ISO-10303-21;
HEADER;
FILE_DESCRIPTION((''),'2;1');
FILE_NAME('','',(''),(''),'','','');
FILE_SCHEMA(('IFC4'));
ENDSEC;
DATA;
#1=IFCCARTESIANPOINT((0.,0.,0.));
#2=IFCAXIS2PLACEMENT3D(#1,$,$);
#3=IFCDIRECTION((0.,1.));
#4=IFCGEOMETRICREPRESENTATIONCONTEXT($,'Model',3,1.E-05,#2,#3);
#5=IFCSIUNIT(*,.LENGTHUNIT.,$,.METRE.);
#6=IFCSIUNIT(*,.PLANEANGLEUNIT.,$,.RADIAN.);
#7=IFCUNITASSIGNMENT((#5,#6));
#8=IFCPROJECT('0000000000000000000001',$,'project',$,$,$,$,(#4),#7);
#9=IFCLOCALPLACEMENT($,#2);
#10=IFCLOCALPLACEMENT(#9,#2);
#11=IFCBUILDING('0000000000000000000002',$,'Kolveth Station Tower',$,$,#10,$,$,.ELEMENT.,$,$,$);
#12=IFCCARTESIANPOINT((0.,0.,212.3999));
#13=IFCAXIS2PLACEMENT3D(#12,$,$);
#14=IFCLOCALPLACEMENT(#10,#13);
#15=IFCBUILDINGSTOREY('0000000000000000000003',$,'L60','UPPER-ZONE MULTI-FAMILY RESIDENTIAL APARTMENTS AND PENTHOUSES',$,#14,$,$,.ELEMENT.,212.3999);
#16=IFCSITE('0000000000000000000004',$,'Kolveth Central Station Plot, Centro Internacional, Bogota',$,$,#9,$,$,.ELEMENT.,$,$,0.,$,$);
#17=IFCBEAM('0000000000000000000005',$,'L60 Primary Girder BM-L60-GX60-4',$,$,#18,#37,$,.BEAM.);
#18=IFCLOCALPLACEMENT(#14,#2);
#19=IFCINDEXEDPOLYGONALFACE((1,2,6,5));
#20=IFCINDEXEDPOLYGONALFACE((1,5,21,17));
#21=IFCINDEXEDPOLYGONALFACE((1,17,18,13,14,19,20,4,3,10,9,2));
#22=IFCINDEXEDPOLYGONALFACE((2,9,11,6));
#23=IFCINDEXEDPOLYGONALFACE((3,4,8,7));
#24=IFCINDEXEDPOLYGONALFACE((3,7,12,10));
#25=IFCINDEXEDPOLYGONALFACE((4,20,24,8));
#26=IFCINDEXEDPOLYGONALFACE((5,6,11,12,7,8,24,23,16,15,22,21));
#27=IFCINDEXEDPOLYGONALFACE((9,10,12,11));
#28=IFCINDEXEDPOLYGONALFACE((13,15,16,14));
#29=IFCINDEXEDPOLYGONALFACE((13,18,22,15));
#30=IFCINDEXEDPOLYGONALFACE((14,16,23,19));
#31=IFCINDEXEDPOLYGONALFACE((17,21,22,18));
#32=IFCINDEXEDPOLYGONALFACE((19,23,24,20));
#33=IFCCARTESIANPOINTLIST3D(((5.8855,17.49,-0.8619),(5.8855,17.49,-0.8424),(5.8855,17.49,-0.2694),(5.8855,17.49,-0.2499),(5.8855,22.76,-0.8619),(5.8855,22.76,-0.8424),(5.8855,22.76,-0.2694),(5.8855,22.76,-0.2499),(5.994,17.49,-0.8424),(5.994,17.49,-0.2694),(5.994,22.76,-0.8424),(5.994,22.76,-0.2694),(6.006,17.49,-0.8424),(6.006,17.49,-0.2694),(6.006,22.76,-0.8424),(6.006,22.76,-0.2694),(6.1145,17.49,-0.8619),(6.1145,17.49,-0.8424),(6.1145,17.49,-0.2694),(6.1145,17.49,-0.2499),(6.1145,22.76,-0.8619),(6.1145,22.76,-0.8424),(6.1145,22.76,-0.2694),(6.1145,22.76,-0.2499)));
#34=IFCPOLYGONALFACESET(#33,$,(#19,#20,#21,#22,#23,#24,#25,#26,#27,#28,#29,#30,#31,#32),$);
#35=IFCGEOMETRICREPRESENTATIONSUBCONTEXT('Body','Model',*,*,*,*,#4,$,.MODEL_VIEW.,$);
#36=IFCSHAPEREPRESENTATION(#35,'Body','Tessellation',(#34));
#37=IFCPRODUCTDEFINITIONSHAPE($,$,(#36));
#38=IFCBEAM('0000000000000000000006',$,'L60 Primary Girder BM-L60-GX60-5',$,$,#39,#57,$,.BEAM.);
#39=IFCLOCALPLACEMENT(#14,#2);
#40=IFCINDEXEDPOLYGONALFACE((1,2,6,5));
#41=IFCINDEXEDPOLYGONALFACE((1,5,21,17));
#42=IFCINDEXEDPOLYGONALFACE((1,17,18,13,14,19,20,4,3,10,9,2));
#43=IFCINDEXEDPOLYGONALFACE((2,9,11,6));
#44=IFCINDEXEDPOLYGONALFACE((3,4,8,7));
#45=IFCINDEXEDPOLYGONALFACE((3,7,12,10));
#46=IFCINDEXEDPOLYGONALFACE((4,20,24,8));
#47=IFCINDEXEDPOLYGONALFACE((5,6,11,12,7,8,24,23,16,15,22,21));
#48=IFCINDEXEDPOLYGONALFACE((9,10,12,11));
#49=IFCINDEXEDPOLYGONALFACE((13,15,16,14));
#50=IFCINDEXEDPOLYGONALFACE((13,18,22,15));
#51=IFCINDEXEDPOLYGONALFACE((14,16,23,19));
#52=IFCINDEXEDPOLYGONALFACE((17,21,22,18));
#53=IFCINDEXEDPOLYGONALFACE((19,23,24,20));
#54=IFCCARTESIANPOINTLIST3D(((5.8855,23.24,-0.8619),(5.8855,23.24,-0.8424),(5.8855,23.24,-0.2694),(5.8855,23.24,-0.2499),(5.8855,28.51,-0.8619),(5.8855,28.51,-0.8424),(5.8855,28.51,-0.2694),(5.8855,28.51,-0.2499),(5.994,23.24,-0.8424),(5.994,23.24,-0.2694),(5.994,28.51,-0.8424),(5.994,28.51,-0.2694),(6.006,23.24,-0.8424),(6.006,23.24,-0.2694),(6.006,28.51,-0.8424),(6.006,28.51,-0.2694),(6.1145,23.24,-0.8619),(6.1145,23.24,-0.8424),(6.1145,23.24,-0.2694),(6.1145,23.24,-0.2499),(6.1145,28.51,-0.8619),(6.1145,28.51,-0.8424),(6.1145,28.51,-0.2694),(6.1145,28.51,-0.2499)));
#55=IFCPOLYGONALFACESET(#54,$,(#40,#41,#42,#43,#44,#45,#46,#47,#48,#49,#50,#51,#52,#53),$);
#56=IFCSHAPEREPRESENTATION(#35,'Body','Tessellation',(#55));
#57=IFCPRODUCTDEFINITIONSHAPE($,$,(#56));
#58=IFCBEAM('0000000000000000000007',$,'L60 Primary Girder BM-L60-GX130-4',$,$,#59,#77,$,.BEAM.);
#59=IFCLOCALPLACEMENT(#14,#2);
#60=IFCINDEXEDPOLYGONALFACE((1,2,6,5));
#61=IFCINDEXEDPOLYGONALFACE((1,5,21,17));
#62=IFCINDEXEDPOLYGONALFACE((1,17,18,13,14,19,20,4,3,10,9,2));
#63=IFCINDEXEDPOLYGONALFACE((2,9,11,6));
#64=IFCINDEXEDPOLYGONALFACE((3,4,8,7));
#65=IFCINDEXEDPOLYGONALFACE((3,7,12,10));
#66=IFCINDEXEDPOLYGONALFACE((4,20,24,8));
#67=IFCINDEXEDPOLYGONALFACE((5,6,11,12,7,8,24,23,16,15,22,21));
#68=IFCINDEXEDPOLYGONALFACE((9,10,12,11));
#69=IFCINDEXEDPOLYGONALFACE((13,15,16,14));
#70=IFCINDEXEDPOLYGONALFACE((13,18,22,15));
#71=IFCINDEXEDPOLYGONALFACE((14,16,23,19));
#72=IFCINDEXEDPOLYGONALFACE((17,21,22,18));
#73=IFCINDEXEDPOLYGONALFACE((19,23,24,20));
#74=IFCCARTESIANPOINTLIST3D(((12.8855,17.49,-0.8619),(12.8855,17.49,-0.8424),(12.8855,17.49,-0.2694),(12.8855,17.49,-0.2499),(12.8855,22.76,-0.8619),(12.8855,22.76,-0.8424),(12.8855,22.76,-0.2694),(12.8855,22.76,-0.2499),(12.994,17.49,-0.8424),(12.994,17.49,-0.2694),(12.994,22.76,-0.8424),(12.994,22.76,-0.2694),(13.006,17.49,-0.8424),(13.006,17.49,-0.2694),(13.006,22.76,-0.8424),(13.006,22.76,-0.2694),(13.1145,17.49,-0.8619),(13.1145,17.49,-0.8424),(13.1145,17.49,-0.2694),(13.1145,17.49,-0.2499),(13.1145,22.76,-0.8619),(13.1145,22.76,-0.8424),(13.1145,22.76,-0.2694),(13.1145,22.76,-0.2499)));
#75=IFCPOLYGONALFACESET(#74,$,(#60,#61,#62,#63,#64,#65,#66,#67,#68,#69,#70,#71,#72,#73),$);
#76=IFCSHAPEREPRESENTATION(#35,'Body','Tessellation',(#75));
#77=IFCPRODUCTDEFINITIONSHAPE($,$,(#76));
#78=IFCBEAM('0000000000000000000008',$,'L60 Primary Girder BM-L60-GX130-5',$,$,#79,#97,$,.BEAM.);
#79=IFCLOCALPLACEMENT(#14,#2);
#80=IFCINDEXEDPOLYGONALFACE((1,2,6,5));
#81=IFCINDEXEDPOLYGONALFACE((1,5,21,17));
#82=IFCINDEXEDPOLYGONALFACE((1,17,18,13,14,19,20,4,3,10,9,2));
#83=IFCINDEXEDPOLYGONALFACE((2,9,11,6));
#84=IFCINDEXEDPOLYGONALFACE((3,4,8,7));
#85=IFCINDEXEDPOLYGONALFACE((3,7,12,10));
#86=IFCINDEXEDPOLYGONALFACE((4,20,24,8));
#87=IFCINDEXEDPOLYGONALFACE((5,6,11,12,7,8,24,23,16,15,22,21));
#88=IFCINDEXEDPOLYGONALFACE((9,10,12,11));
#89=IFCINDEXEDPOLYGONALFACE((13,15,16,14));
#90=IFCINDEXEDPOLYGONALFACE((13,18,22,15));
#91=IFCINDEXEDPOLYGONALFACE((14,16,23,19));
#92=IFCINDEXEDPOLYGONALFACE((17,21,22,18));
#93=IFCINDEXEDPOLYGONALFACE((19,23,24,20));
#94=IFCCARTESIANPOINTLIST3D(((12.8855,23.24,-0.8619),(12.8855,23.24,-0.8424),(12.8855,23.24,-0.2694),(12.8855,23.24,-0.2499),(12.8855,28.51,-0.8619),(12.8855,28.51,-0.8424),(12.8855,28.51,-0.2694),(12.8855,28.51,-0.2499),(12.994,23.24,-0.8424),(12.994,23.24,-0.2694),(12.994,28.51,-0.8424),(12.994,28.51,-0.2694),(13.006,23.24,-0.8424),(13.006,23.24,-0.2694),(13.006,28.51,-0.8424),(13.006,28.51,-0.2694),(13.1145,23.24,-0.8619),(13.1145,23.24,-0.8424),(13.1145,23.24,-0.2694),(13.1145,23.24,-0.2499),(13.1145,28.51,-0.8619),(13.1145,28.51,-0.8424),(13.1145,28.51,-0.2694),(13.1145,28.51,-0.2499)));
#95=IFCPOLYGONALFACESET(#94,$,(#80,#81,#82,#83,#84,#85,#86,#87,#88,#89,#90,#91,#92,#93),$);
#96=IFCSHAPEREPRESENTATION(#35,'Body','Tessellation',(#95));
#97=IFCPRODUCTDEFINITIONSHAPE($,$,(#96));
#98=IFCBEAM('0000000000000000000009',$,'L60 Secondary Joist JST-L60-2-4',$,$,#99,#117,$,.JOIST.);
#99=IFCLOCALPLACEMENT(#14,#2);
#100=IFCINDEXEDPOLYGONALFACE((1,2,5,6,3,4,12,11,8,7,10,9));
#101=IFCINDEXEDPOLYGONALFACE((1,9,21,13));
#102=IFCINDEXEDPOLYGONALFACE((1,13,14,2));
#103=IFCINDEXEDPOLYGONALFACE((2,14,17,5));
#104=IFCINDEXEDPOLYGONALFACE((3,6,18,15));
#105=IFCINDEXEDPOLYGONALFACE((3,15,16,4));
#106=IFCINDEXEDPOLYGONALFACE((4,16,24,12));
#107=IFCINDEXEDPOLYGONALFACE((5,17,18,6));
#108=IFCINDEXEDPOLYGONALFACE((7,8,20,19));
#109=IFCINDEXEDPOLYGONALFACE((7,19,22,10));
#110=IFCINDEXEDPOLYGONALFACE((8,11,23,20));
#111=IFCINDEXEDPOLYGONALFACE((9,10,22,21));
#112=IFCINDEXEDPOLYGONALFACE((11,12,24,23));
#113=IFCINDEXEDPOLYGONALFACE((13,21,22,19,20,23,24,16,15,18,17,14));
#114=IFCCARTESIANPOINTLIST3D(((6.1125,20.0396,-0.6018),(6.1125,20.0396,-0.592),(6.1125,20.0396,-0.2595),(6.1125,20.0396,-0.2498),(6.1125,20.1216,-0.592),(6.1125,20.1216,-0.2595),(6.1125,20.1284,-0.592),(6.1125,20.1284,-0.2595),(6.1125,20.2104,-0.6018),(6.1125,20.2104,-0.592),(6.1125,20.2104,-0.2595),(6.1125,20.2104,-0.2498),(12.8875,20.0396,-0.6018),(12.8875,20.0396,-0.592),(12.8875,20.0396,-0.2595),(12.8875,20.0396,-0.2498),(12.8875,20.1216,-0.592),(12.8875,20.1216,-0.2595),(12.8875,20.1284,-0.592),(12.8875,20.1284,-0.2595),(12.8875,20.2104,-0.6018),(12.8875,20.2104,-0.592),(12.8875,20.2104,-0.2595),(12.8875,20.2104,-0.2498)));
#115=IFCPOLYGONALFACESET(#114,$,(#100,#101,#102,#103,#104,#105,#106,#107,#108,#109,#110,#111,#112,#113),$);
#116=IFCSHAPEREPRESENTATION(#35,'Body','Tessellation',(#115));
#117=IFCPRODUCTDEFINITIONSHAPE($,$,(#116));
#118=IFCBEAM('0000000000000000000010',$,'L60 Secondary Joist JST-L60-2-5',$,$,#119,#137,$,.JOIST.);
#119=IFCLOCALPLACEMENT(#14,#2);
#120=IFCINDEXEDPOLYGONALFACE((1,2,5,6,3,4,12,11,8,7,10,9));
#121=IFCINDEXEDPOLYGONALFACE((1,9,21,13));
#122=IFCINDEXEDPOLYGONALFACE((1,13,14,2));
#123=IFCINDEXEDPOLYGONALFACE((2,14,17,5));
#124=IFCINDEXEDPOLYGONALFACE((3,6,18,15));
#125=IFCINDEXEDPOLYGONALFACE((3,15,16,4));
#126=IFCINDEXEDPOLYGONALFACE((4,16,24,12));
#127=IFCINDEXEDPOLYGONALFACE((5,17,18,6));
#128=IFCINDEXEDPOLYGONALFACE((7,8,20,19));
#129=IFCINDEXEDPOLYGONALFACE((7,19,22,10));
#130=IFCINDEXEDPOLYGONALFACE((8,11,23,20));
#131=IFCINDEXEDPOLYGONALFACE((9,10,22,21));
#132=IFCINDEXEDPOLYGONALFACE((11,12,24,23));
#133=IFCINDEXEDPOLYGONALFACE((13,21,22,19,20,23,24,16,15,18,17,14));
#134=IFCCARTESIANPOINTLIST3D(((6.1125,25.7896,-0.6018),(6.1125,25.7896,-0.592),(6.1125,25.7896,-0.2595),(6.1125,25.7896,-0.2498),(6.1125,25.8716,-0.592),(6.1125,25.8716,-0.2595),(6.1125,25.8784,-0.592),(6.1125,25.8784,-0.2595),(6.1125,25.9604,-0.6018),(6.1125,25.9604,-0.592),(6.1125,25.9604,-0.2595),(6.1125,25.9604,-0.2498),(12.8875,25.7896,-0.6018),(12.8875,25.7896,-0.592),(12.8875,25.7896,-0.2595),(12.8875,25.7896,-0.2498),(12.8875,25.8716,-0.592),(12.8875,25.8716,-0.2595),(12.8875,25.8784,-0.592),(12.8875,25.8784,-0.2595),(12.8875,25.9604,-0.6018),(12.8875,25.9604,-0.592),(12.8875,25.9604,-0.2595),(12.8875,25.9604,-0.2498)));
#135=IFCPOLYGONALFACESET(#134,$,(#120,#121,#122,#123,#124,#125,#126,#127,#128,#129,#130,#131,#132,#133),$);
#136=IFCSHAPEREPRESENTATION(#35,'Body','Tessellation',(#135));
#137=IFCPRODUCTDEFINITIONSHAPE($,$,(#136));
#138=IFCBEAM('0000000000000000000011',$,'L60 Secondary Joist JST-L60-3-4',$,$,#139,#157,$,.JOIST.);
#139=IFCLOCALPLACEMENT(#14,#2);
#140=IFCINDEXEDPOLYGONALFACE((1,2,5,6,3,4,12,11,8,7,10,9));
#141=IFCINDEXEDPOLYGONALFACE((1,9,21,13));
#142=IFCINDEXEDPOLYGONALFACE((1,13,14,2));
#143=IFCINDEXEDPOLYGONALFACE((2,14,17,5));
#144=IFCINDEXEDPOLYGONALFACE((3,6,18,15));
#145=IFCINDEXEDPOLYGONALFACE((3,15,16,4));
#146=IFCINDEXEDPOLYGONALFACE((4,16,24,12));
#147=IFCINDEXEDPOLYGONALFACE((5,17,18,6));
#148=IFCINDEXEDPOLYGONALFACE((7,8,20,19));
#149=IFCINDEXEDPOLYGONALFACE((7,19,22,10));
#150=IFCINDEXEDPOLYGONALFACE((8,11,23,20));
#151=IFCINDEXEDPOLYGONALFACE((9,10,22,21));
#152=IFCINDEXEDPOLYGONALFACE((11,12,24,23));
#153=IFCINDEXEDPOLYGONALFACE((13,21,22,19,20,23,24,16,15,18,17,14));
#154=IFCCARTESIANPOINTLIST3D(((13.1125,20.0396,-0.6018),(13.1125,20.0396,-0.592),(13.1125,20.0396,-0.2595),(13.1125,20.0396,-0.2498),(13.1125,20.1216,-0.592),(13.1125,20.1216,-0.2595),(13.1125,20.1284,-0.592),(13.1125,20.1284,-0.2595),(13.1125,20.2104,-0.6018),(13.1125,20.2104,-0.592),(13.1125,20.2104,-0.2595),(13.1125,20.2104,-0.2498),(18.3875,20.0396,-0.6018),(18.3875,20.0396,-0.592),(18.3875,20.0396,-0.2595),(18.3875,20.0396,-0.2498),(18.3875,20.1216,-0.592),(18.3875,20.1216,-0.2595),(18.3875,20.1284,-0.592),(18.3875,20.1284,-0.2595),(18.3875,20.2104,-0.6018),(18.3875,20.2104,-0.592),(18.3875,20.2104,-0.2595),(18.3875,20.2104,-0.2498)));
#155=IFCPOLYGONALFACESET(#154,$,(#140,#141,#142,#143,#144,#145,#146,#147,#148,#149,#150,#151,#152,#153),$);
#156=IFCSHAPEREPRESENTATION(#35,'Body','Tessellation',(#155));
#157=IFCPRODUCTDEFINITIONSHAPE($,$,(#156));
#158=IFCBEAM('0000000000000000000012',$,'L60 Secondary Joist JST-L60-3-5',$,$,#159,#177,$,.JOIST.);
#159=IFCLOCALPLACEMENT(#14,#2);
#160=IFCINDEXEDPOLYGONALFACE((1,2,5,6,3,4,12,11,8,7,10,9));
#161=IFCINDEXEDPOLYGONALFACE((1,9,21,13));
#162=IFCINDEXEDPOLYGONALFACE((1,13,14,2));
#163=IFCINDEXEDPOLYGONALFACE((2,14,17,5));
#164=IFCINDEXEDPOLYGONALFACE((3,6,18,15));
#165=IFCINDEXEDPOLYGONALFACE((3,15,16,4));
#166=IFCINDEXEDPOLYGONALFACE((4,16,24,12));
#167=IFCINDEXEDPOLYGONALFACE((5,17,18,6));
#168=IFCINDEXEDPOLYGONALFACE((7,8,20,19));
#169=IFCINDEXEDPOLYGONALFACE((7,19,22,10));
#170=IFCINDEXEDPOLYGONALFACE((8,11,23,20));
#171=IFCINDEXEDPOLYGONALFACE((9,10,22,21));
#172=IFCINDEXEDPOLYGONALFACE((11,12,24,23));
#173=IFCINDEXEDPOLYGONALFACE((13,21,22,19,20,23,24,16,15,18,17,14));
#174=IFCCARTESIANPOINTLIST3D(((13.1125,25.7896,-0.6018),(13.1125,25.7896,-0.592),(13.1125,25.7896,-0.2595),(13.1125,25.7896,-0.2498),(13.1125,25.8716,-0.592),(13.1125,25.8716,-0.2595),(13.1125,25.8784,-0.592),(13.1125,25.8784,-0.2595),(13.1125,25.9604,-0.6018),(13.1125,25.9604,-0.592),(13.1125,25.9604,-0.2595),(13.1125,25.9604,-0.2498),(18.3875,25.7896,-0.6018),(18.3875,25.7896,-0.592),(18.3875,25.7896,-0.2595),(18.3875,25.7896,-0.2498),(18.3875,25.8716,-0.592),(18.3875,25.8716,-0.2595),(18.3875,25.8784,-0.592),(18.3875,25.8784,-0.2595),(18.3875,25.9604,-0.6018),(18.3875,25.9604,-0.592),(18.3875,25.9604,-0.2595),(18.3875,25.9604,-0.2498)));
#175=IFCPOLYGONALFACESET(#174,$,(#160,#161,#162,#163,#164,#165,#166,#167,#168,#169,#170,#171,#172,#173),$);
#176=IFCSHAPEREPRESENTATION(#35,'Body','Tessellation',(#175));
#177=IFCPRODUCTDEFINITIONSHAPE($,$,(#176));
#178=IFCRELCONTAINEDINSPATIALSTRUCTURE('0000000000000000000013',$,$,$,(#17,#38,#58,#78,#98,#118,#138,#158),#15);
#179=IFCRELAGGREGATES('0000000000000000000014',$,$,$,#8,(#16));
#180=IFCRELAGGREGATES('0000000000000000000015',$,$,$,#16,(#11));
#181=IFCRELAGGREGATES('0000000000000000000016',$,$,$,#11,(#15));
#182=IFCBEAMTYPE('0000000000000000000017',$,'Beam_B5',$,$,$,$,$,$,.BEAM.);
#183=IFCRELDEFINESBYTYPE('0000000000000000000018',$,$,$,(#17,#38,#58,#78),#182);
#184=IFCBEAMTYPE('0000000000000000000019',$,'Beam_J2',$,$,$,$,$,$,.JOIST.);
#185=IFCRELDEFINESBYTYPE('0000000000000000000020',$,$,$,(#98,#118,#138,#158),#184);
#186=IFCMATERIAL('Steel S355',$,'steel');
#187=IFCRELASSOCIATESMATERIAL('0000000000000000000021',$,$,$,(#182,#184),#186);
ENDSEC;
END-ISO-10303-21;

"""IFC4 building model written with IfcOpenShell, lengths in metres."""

from ifc_helpers import new_model, si_unit, direction, frame, origin, origin_2d, place, context, subcontext, project, spatial, i_section, extrude, source, transform, mapped, material, material_profile, profile_set, type_object, element, save


model = new_model("IFC4")

# Units and contexts
model_context = context("Model", 3, precision=1e-05, world=origin(), true_north=direction((0.0, 1.0)))
body_context = subcontext(model_context, "Body", "Model", "MODEL_VIEW")
ifc_project = project(units=[si_unit("LENGTHUNIT", "METRE"), si_unit("PLANEANGLEUNIT", "RADIAN")], contexts=[model_context])

# Site, building, storey
site_placement = place(None, origin())
site = spatial("IfcSite", under=ifc_project, at=site_placement, Name="Kolveth Central Station Plot, Centro Internacional, Bogota", CompositionType="ELEMENT", RefElevation=0.0)
building_placement = place(site_placement, origin())
building = spatial("IfcBuilding", under=site, at=building_placement, Name="Kolveth Station Tower", CompositionType="ELEMENT")
storey_placement = place(building_placement, frame((0.0, 0.0, 212.3999)))
storey = spatial("IfcBuildingStorey", under=building, at=storey_placement, Name="L60", Description="UPPER-ZONE MULTI-FAMILY RESIDENTIAL APARTMENTS AND PENTHOUSES", CompositionType="ELEMENT", Elevation=212.3999)

# Shared definitions
ifc_material_1 = material(Name="Steel S355", Category="steel")

# Beams
ifc_material_profile_1 = material_profile(ifc_material_1, i_section(OverallWidth=0.229, OverallDepth=0.6121, WebThickness=0.012, FlangeThickness=0.0195, at=origin_2d()), Name="W610x125")
ifc_profile_set_1 = profile_set([ifc_material_profile_1], Name="Steel S355")
beam_type_1 = type_object("IfcBeamType", Name="Beam_B5", PredefinedType="BEAM", material=ifc_profile_set_1)
shared_shape_1 = source(origin(), body_context, "Body", "SweptSolid", [
    extrude(i_section(OverallWidth=0.229, OverallDepth=0.6121, WebThickness=0.012, FlangeThickness=0.0195, at=origin_2d()), origin(), (0.0, 0.0, 1.0), 5.27),
])
for number, where, z_axis, x_axis, name in (
    (1, (6.0, 17.49, -0.5559), (0.0, 1.0, 0.0), (-1.0, 0.0, 0.0), "L60 Primary Girder BM-L60-GX60-4"),
    (2, (6.0, 23.24, -0.5559), (0.0, 1.0, 0.0), (-1.0, 0.0, 0.0), "L60 Primary Girder BM-L60-GX60-5"),
    (3, (13.0, 17.49, -0.5559), (0.0, 1.0, 0.0), (-1.0, 0.0, 0.0), "L60 Primary Girder BM-L60-GX130-4"),
    (4, (13.0, 23.24, -0.5559), (0.0, 1.0, 0.0), (-1.0, 0.0, 0.0), "L60 Primary Girder BM-L60-GX130-5"),
):
    element("IfcBeam", number, at=place(storey_placement, frame(where, z_axis=z_axis, x_axis=x_axis)), inside=storey, type_object=beam_type_1, Name=name, PredefinedType="BEAM", context=body_context, shape_type="MappedRepresentation", body=[
        mapped(shared_shape_1, transform((0.0, 0.0, 0.0), x_axis=(1.0, 0.0, 0.0), y_axis=(0.0, 1.0, 0.0), z_axis=(0.0, 0.0, 1.0), scale=1.0)),
    ])
ifc_material_profile_2 = material_profile(ifc_material_1, i_section(OverallWidth=0.1709, OverallDepth=0.3521, WebThickness=0.0068, FlangeThickness=0.0098, at=origin_2d()), Name="W360x44")
ifc_profile_set_2 = profile_set([ifc_material_profile_2], Name="Steel S355")
beam_type_2 = type_object("IfcBeamType", Name="Beam_J2", PredefinedType="JOIST", material=ifc_profile_set_2)
shared_shape_2 = source(origin(), body_context, "Body", "SweptSolid", [
    extrude(i_section(OverallWidth=0.1709, OverallDepth=0.3521, WebThickness=0.0068, FlangeThickness=0.0098, at=origin_2d()), origin(), (0.0, 0.0, 1.0), 6.7749),
])
for number, where, z_axis, x_axis, name in (
    (5, (6.1125, 20.125, -0.4258), (1.0, 0.0, 0.0), (0.0, 1.0, 0.0), "L60 Secondary Joist JST-L60-2-4"),
    (6, (6.1125, 25.875, -0.4258), (1.0, 0.0, 0.0), (0.0, 1.0, 0.0), "L60 Secondary Joist JST-L60-2-5"),
):
    element("IfcBeam", number, at=place(storey_placement, frame(where, z_axis=z_axis, x_axis=x_axis)), inside=storey, type_object=beam_type_2, Name=name, PredefinedType="JOIST", context=body_context, shape_type="MappedRepresentation", body=[
        mapped(shared_shape_2, transform((0.0, 0.0, 0.0), x_axis=(1.0, 0.0, 0.0), y_axis=(0.0, 1.0, 0.0), z_axis=(0.0, 0.0, 1.0), scale=1.0)),
    ])
shared_shape_3 = source(origin(), body_context, "Body", "SweptSolid", [
    extrude(i_section(OverallWidth=0.1709, OverallDepth=0.3521, WebThickness=0.0068, FlangeThickness=0.0098, at=origin_2d()), origin(), (0.0, 0.0, 1.0), 5.2749),
])
for number, where, z_axis, x_axis, name in (
    (7, (13.1125, 20.125, -0.4258), (1.0, 0.0, 0.0), (0.0, 1.0, 0.0), "L60 Secondary Joist JST-L60-3-4"),
    (8, (13.1125, 25.875, -0.4258), (1.0, 0.0, 0.0), (0.0, 1.0, 0.0), "L60 Secondary Joist JST-L60-3-5"),
):
    element("IfcBeam", number, at=place(storey_placement, frame(where, z_axis=z_axis, x_axis=x_axis)), inside=storey, type_object=beam_type_2, Name=name, PredefinedType="JOIST", context=body_context, shape_type="MappedRepresentation", body=[
        mapped(shared_shape_3, transform((0.0, 0.0, 0.0), x_axis=(1.0, 0.0, 0.0), y_axis=(0.0, 1.0, 0.0), z_axis=(0.0, 0.0, 1.0), scale=1.0)),
    ])

save(model, "model.ifc")
